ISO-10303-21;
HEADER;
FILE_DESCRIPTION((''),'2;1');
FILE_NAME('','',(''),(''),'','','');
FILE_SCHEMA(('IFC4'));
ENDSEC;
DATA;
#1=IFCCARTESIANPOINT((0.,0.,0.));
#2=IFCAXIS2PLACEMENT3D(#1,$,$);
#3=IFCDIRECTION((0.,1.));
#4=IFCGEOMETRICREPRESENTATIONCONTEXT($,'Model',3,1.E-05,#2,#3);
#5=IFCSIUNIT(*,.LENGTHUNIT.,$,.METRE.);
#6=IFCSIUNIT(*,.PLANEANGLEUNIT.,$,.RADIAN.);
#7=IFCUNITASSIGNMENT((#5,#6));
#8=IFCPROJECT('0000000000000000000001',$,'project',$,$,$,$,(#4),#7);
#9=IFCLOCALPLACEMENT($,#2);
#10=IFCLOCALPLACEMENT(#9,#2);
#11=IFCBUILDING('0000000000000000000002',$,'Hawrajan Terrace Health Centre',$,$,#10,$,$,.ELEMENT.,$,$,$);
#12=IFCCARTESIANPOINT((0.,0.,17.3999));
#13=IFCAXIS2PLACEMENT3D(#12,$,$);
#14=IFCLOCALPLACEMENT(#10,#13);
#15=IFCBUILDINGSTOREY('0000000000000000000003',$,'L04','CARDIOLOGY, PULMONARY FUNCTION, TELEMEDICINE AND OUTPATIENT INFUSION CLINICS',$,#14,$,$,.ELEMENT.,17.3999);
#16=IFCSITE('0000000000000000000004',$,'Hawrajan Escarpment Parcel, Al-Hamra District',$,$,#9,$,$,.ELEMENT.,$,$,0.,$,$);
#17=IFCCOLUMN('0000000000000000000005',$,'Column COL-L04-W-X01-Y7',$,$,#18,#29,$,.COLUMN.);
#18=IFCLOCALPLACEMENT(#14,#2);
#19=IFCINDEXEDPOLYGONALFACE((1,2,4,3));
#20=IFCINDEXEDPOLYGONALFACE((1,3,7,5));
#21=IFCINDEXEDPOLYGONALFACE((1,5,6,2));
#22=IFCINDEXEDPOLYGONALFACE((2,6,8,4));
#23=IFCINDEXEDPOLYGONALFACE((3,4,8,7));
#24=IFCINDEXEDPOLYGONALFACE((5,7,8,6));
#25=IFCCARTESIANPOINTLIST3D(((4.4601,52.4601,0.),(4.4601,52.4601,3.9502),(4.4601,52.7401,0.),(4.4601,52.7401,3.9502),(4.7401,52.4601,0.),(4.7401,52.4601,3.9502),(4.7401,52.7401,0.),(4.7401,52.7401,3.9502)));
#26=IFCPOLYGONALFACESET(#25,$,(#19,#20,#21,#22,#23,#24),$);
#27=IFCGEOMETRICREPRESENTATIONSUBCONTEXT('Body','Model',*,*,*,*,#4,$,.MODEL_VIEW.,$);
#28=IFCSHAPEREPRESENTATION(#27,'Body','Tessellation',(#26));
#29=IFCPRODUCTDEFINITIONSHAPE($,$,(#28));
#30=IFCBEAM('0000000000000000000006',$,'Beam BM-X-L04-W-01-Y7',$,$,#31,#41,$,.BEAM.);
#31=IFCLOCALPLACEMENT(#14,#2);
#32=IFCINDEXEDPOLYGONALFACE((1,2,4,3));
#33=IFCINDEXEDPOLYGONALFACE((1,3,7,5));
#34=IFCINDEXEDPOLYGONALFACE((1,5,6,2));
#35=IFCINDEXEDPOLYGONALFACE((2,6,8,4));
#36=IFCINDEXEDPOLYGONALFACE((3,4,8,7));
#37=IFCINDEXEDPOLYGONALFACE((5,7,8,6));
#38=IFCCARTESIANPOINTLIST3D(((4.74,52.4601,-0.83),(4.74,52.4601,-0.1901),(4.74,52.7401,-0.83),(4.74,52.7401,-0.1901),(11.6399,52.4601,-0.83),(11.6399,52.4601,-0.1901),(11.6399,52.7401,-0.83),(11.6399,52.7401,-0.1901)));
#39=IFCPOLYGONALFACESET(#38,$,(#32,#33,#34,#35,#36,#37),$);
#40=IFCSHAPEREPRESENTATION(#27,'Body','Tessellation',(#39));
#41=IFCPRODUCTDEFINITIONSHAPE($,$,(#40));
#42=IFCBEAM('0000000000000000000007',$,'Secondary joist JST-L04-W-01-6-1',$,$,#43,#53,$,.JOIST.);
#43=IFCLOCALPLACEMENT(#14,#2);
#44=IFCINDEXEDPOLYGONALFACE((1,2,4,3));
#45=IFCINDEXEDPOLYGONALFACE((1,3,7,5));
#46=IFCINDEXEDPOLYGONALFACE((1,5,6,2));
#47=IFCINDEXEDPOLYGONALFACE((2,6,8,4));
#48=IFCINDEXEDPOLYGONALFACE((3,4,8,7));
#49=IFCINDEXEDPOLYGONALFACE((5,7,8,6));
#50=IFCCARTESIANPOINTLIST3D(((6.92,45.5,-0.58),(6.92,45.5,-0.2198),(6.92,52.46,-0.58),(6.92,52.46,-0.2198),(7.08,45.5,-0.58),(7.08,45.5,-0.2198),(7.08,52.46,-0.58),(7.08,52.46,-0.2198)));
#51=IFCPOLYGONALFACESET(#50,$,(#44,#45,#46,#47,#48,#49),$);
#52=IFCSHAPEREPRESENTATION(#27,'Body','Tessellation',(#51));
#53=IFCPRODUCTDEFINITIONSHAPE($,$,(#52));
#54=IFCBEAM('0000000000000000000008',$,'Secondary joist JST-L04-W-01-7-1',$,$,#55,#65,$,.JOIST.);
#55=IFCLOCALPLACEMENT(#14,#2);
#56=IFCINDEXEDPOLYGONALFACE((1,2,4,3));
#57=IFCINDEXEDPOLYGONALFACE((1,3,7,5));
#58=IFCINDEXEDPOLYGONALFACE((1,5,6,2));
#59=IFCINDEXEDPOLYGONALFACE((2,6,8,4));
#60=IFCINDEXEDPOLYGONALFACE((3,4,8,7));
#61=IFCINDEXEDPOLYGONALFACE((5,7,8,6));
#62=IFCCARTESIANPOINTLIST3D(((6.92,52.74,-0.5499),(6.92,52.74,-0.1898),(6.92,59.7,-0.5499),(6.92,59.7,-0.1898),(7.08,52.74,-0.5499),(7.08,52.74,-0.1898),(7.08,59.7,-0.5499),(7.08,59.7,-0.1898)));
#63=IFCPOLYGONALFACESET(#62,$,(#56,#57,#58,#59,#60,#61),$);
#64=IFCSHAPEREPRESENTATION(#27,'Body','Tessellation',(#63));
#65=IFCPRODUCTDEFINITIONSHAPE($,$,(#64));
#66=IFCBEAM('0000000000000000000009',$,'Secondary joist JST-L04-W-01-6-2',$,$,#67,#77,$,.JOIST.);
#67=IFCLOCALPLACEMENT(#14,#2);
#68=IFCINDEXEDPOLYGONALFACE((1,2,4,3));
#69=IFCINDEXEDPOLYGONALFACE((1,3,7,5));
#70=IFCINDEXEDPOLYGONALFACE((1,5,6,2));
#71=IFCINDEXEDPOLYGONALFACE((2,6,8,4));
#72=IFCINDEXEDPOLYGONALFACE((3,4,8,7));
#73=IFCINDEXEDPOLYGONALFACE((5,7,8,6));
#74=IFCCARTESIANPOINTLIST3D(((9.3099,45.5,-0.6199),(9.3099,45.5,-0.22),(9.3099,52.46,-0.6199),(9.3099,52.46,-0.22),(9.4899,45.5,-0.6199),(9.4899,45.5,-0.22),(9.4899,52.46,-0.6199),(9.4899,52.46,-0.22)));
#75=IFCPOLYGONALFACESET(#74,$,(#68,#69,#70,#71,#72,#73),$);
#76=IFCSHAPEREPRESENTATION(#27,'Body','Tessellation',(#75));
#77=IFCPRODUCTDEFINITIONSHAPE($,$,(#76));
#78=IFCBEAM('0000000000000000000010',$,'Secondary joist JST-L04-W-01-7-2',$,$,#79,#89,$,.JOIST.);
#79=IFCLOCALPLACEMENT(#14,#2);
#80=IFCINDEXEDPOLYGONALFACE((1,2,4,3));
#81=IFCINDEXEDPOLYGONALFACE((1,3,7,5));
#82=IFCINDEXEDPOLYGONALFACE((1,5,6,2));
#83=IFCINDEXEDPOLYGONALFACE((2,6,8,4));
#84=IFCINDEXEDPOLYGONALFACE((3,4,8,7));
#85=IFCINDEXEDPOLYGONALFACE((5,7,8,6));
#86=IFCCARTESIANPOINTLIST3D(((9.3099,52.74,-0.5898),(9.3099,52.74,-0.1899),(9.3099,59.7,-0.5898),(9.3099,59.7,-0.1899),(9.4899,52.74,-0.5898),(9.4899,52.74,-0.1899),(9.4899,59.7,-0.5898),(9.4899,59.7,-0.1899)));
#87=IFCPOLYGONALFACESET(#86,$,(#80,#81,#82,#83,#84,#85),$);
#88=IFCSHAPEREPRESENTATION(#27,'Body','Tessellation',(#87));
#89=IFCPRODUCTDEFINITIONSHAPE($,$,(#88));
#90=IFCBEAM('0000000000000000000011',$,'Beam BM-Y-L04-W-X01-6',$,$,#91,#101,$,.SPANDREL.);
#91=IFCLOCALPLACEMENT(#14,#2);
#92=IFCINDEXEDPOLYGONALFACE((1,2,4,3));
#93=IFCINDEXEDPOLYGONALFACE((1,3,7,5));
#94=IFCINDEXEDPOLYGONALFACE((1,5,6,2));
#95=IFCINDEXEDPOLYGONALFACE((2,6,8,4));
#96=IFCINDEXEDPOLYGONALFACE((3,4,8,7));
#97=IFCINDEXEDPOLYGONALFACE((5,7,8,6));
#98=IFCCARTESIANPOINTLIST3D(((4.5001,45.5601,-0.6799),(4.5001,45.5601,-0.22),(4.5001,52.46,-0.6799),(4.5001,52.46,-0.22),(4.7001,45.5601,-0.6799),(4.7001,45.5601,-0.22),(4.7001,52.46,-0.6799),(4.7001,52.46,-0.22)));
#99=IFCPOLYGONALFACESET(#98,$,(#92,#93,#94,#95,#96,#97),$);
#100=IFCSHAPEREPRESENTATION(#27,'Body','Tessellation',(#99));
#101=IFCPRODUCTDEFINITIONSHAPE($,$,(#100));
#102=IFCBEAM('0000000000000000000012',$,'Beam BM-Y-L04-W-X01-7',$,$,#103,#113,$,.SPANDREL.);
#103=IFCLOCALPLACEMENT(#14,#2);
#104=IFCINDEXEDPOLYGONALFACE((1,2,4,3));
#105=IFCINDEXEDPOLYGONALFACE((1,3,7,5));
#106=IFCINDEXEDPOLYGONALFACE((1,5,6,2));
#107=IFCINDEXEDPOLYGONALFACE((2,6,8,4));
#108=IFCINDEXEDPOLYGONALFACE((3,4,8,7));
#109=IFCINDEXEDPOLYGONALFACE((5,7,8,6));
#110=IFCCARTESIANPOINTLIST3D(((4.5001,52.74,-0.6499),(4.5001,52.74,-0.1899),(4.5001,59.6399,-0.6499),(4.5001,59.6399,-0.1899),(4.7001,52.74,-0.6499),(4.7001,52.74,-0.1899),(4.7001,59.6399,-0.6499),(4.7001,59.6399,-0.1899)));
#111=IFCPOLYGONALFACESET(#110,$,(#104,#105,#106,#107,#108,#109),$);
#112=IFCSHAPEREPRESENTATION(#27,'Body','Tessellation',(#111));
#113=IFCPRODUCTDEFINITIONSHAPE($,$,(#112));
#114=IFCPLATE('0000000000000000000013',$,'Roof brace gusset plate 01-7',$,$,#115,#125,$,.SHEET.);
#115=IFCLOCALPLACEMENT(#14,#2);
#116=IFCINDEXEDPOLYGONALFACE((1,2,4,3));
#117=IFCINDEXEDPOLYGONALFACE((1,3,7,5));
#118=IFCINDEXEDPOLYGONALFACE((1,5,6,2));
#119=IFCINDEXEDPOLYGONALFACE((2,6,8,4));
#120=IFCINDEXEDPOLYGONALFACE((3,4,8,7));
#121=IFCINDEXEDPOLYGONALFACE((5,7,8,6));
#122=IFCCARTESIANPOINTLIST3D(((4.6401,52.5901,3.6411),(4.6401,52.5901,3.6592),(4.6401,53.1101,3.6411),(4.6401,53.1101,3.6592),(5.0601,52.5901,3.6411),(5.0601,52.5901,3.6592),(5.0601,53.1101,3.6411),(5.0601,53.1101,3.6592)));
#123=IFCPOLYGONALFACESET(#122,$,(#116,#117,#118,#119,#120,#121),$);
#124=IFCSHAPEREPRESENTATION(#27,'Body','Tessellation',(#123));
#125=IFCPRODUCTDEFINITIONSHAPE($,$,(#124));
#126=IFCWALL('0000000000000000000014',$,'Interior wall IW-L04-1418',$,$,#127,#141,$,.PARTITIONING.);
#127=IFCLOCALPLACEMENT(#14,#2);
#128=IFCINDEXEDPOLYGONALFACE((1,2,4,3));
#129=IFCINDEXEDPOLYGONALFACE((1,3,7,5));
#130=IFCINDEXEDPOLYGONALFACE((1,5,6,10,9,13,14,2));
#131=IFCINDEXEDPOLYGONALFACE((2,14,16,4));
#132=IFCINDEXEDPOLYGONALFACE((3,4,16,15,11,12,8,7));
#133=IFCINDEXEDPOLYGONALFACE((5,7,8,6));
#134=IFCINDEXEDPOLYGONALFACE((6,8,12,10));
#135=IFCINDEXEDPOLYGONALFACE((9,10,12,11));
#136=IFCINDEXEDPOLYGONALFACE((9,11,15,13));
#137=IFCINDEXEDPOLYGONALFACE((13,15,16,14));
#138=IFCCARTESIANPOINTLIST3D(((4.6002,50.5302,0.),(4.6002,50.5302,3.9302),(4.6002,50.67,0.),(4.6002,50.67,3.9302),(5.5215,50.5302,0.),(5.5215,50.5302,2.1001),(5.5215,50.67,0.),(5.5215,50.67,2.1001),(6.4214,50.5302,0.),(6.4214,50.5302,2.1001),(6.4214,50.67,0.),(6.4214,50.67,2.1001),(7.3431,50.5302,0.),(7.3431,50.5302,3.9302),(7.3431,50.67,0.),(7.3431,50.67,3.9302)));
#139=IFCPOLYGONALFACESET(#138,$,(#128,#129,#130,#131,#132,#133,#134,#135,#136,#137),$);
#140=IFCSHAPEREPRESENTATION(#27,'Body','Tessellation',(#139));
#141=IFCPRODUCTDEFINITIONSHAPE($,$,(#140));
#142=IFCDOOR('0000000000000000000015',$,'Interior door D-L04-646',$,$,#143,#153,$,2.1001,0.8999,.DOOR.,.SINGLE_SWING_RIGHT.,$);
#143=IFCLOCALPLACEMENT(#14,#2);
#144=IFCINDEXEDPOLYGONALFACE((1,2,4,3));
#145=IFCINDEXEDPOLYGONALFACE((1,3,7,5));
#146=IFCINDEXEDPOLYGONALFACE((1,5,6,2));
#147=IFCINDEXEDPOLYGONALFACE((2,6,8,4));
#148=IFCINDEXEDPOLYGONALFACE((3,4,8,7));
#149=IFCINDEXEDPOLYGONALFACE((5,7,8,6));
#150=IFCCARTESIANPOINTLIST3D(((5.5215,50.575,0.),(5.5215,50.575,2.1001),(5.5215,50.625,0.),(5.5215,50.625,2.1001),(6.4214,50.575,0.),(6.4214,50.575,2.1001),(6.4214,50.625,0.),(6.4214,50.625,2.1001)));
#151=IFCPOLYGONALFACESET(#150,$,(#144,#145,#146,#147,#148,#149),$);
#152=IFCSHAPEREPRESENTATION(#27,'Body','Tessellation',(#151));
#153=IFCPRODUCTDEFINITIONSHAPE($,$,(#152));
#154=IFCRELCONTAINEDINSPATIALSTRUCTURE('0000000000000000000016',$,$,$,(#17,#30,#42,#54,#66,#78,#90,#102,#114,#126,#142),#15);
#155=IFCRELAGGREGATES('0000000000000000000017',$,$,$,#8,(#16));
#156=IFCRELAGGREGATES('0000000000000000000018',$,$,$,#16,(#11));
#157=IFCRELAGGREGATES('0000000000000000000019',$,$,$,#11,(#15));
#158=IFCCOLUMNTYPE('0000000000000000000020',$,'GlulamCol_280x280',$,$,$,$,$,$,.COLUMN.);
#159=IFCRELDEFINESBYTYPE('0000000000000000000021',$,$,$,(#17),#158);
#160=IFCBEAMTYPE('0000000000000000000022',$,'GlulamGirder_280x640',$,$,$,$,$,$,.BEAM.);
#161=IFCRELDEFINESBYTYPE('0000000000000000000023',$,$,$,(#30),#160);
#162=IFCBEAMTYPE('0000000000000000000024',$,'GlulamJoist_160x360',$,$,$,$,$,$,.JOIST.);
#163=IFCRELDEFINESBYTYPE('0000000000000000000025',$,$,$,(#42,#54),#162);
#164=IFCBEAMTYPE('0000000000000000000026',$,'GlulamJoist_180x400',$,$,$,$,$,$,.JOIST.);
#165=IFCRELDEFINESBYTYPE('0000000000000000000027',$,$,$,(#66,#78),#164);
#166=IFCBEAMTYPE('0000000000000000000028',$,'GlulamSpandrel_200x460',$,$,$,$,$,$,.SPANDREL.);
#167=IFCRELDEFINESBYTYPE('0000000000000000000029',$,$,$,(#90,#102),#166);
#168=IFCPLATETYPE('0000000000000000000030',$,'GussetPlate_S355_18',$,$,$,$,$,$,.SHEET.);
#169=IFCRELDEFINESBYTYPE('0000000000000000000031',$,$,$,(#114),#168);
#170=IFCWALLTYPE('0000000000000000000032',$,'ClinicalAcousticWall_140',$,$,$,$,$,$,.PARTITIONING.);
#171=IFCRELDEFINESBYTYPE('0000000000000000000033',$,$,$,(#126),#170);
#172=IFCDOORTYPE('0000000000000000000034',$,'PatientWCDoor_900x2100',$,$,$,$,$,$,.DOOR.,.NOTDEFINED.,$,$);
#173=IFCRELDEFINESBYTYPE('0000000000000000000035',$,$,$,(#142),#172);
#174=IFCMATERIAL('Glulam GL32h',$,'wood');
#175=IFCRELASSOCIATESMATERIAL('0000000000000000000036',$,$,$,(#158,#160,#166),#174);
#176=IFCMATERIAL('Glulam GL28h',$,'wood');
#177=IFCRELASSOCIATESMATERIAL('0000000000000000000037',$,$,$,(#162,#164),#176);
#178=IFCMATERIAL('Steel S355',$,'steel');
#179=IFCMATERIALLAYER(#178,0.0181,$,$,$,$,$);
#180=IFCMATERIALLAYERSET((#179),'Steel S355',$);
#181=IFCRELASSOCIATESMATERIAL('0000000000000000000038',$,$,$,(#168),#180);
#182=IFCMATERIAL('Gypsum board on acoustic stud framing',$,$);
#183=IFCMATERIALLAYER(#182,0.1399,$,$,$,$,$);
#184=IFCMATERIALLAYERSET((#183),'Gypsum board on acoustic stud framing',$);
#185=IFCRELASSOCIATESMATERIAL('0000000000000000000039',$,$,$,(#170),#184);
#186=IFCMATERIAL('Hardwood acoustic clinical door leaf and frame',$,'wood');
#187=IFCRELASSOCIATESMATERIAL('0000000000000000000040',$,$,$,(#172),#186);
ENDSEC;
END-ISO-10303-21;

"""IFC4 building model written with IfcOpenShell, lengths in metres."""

from ifc_helpers import new_model, si_unit, direction, frame, frame_2d, origin, origin_2d, place, context, subcontext, project, spatial, rectangle, extrude, material, layer, layer_set, material_profile, profile_set, type_object, element, fill, save


model = new_model("IFC4")

# Units and contexts
model_context = context("Model", 3, precision=1e-05, world=origin(), true_north=direction((0.0, 1.0)))
body_context = subcontext(model_context, "Body", "Model", "MODEL_VIEW")
ifc_project = project(units=[si_unit("LENGTHUNIT", "METRE"), si_unit("PLANEANGLEUNIT", "RADIAN")], contexts=[model_context])

# Site, building, storey
site_placement = place(None, origin())
site = spatial("IfcSite", under=ifc_project, at=site_placement, Name="Hawrajan Escarpment Parcel, Al-Hamra District", CompositionType="ELEMENT", RefElevation=0.0)
building_placement = place(site_placement, origin())
building = spatial("IfcBuilding", under=site, at=building_placement, Name="Hawrajan Terrace Health Centre", CompositionType="ELEMENT")
storey_placement = place(building_placement, frame((0.0, 0.0, 17.3999)))
storey = spatial("IfcBuildingStorey", under=building, at=storey_placement, Name="L04", Description="CARDIOLOGY, PULMONARY FUNCTION, TELEMEDICINE AND OUTPATIENT INFUSION CLINICS", CompositionType="ELEMENT", Elevation=17.3999)

# Column
ifc_material_1 = material(Name="Glulam GL32h", Category="wood")
ifc_material_profile_1 = material_profile(ifc_material_1, rectangle(XDim=0.28, YDim=0.28, at=origin_2d()), Name="GL 280x280")
ifc_profile_set_1 = profile_set([ifc_material_profile_1], Name="Glulam GL32h")
column_type = type_object("IfcColumnType", Name="GlulamCol_280x280", PredefinedType="COLUMN", material=ifc_profile_set_1)
column_placement = place(storey_placement, frame((4.6001, 52.6001, 0.0), z_axis=(0.0, 0.0, 1.0), x_axis=(1.0, 0.0, 0.0)))
element("IfcColumn", 1, at=column_placement, inside=storey, type_object=column_type, Name="Column COL-L04-W-X01-Y7", PredefinedType="COLUMN", context=body_context, shape_type="SweptSolid", body=[
    extrude(rectangle(XDim=0.28, YDim=0.28, at=origin_2d()), origin(), (0.0, 0.0, 1.0), 3.9502),
])

# Beams
ifc_material_profile_2 = material_profile(ifc_material_1, rectangle(XDim=0.28, YDim=0.6399, at=origin_2d()), Name="GL BM 280x640")
ifc_profile_set_2 = profile_set([ifc_material_profile_2], Name="Glulam GL32h")
beam_type_1 = type_object("IfcBeamType", Name="GlulamGirder_280x640", PredefinedType="BEAM", material=ifc_profile_set_2)
beam_placement = place(storey_placement, frame((4.74, 52.6001, -0.51), z_axis=(1.0, 0.0, 0.0), x_axis=(0.0, 1.0, 0.0)))
element("IfcBeam", 2, at=beam_placement, inside=storey, type_object=beam_type_1, Name="Beam BM-X-L04-W-01-Y7", PredefinedType="BEAM", context=body_context, shape_type="SweptSolid", body=[
    extrude(rectangle(XDim=0.28, YDim=0.6399, at=origin_2d()), origin(), (0.0, 0.0, 1.0), 6.8999),
])
ifc_material_2 = material(Name="Glulam GL28h", Category="wood")
ifc_material_profile_3 = material_profile(ifc_material_2, rectangle(XDim=0.1599, YDim=0.3601, at=origin_2d()), Name="GL JST 160x360")
ifc_profile_set_3 = profile_set([ifc_material_profile_3], Name="Glulam GL28h")
beam_type_2 = type_object("IfcBeamType", Name="GlulamJoist_160x360", PredefinedType="JOIST", material=ifc_profile_set_3)
for number, where, z_axis, x_axis, name in (
    (3, (7.0, 45.5, -0.3999), (0.0, 1.0, 0.0), (-1.0, 0.0, 0.0), "Secondary joist JST-L04-W-01-6-1"),
    (4, (7.0, 52.74, -0.3699), (0.0, 1.0, 0.0), (-1.0, 0.0, 0.0), "Secondary joist JST-L04-W-01-7-1"),
):
    element("IfcBeam", number, at=place(storey_placement, frame(where, z_axis=z_axis, x_axis=x_axis)), inside=storey, type_object=beam_type_2, Name=name, PredefinedType="JOIST", context=body_context, shape_type="SweptSolid", body=[
        extrude(rectangle(XDim=0.1599, YDim=0.3601, at=origin_2d()), origin(), (0.0, 0.0, 1.0), 6.96),
    ])
ifc_material_profile_4 = material_profile(ifc_material_2, rectangle(XDim=0.1799, YDim=0.3999, at=origin_2d()), Name="GL JST 180x400")
ifc_profile_set_4 = profile_set([ifc_material_profile_4], Name="Glulam GL28h")
beam_type_3 = type_object("IfcBeamType", Name="GlulamJoist_180x400", PredefinedType="JOIST", material=ifc_profile_set_4)
for number, where, z_axis, x_axis, name in (
    (5, (9.3999, 45.5, -0.4199), (0.0, 1.0, 0.0), (-1.0, 0.0, 0.0), "Secondary joist JST-L04-W-01-6-2"),
    (6, (9.3999, 52.74, -0.3899), (0.0, 1.0, 0.0), (-1.0, 0.0, 0.0), "Secondary joist JST-L04-W-01-7-2"),
):
    element("IfcBeam", number, at=place(storey_placement, frame(where, z_axis=z_axis, x_axis=x_axis)), inside=storey, type_object=beam_type_3, Name=name, PredefinedType="JOIST", context=body_context, shape_type="SweptSolid", body=[
        extrude(rectangle(XDim=0.1799, YDim=0.3999, at=origin_2d()), origin(), (0.0, 0.0, 1.0), 6.96),
    ])
ifc_material_profile_5 = material_profile(ifc_material_1, rectangle(XDim=0.2, YDim=0.46, at=origin_2d()), Name="GL SP 200x460")
ifc_profile_set_5 = profile_set([ifc_material_profile_5], Name="Glulam GL32h")
beam_type_4 = type_object("IfcBeamType", Name="GlulamSpandrel_200x460", PredefinedType="SPANDREL", material=ifc_profile_set_5)
for number, where, z_axis, x_axis, name in (
    (7, (4.6001, 45.5601, -0.45), (0.0, 1.0, 0.0), (-1.0, 0.0, 0.0), "Beam BM-Y-L04-W-X01-6"),
    (8, (4.6001, 52.74, -0.4199), (0.0, 1.0, 0.0), (-1.0, 0.0, 0.0), "Beam BM-Y-L04-W-X01-7"),
):
    element("IfcBeam", number, at=place(storey_placement, frame(where, z_axis=z_axis, x_axis=x_axis)), inside=storey, type_object=beam_type_4, Name=name, PredefinedType="SPANDREL", context=body_context, shape_type="SweptSolid", body=[
        extrude(rectangle(XDim=0.2, YDim=0.46, at=origin_2d()), origin(), (0.0, 0.0, 1.0), 6.8999),
    ])

# Plate
ifc_material_3 = material(Name="Steel S355", Category="steel")
ifc_layer_1 = layer(ifc_material_3, 0.0181)
ifc_layer_set_1 = layer_set([ifc_layer_1], Name="Steel S355")
plate_type = type_object("IfcPlateType", Name="GussetPlate_S355_18", PredefinedType="SHEET", material=ifc_layer_set_1)
plate_placement = place(storey_placement, frame((4.8501, 52.8501, 3.6411), z_axis=(0.0, 0.0, 1.0), x_axis=(1.0, 0.0, 0.0)))
element("IfcPlate", 9, at=plate_placement, inside=storey, type_object=plate_type, Name="Roof brace gusset plate 01-7", PredefinedType="SHEET", context=body_context, shape_type="SweptSolid", body=[
    extrude(rectangle(XDim=0.4199, YDim=0.52, at=origin_2d()), origin(), (0.0, 0.0, 1.0), 0.0181),
])

# Wall, opening, door
ifc_material_4 = material(Name="Gypsum board on acoustic stud framing")
ifc_layer_2 = layer(ifc_material_4, 0.1399)
ifc_layer_set_2 = layer_set([ifc_layer_2], Name="Gypsum board on acoustic stud framing")
wall_type_1 = type_object("IfcWallType", Name="ClinicalAcousticWall_140", PredefinedType="PARTITIONING", material=ifc_layer_set_2)
wall_1_placement = place(storey_placement, frame((4.6001, 50.6001, 0.0), z_axis=(0.0, 0.0, 1.0), x_axis=(1.0, 0.0, 0.0)))
wall_1 = element("IfcWall", 10, at=wall_1_placement, inside=storey, type_object=wall_type_1, Name="Interior wall IW-L04-1418", PredefinedType="PARTITIONING", context=body_context, shape_type="SweptSolid", body=[
    extrude(rectangle(XDim=2.7429, YDim=0.1399, at=frame_2d((1.3716, 0.0))), origin(), (0.0, 0.0, 1.0), 3.9302),
])
opening_1_placement = place(wall_1_placement, frame((0.9214, 0.0, 0.0)))
opening_1 = element("IfcOpeningElement", 11, at=opening_1_placement, cuts=wall_1, PredefinedType="OPENING", context=body_context, shape_type="SweptSolid", body=[
    extrude(rectangle(XDim=0.8999, YDim=2.1001, at=frame_2d((0.45, 1.05))), frame((0.0, 0.0798, 0.0), z_axis=(0.0, -1.0, 0.0), x_axis=(1.0, 0.0, 0.0)), (0.0, 0.0, 1.0), 0.1599),
])
ifc_material_5 = material(Name="Hardwood acoustic clinical door leaf and frame", Category="wood")
door_type_1 = type_object("IfcDoorType", Name="PatientWCDoor_900x2100", OperationType="NOTDEFINED", PredefinedType="DOOR", material=ifc_material_5)
door_1_placement = place(opening_1_placement, origin())
door_1 = element("IfcDoor", 12, at=door_1_placement, inside=storey, type_object=door_type_1, Name="Interior door D-L04-646", OperationType="SINGLE_SWING_RIGHT", OverallHeight=2.1001, OverallWidth=0.8999, PredefinedType="DOOR", context=body_context, shape_type="SweptSolid", body=[
    extrude(rectangle(XDim=0.8999, YDim=2.1001, at=frame_2d((0.45, 1.05))), frame((0.0, 0.0249, 0.0), z_axis=(0.0, -1.0, 0.0), x_axis=(1.0, 0.0, 0.0)), (0.0, 0.0, 1.0), 0.05),
])
fill(opening_1, door_1)

save(model, "model.ifc")
